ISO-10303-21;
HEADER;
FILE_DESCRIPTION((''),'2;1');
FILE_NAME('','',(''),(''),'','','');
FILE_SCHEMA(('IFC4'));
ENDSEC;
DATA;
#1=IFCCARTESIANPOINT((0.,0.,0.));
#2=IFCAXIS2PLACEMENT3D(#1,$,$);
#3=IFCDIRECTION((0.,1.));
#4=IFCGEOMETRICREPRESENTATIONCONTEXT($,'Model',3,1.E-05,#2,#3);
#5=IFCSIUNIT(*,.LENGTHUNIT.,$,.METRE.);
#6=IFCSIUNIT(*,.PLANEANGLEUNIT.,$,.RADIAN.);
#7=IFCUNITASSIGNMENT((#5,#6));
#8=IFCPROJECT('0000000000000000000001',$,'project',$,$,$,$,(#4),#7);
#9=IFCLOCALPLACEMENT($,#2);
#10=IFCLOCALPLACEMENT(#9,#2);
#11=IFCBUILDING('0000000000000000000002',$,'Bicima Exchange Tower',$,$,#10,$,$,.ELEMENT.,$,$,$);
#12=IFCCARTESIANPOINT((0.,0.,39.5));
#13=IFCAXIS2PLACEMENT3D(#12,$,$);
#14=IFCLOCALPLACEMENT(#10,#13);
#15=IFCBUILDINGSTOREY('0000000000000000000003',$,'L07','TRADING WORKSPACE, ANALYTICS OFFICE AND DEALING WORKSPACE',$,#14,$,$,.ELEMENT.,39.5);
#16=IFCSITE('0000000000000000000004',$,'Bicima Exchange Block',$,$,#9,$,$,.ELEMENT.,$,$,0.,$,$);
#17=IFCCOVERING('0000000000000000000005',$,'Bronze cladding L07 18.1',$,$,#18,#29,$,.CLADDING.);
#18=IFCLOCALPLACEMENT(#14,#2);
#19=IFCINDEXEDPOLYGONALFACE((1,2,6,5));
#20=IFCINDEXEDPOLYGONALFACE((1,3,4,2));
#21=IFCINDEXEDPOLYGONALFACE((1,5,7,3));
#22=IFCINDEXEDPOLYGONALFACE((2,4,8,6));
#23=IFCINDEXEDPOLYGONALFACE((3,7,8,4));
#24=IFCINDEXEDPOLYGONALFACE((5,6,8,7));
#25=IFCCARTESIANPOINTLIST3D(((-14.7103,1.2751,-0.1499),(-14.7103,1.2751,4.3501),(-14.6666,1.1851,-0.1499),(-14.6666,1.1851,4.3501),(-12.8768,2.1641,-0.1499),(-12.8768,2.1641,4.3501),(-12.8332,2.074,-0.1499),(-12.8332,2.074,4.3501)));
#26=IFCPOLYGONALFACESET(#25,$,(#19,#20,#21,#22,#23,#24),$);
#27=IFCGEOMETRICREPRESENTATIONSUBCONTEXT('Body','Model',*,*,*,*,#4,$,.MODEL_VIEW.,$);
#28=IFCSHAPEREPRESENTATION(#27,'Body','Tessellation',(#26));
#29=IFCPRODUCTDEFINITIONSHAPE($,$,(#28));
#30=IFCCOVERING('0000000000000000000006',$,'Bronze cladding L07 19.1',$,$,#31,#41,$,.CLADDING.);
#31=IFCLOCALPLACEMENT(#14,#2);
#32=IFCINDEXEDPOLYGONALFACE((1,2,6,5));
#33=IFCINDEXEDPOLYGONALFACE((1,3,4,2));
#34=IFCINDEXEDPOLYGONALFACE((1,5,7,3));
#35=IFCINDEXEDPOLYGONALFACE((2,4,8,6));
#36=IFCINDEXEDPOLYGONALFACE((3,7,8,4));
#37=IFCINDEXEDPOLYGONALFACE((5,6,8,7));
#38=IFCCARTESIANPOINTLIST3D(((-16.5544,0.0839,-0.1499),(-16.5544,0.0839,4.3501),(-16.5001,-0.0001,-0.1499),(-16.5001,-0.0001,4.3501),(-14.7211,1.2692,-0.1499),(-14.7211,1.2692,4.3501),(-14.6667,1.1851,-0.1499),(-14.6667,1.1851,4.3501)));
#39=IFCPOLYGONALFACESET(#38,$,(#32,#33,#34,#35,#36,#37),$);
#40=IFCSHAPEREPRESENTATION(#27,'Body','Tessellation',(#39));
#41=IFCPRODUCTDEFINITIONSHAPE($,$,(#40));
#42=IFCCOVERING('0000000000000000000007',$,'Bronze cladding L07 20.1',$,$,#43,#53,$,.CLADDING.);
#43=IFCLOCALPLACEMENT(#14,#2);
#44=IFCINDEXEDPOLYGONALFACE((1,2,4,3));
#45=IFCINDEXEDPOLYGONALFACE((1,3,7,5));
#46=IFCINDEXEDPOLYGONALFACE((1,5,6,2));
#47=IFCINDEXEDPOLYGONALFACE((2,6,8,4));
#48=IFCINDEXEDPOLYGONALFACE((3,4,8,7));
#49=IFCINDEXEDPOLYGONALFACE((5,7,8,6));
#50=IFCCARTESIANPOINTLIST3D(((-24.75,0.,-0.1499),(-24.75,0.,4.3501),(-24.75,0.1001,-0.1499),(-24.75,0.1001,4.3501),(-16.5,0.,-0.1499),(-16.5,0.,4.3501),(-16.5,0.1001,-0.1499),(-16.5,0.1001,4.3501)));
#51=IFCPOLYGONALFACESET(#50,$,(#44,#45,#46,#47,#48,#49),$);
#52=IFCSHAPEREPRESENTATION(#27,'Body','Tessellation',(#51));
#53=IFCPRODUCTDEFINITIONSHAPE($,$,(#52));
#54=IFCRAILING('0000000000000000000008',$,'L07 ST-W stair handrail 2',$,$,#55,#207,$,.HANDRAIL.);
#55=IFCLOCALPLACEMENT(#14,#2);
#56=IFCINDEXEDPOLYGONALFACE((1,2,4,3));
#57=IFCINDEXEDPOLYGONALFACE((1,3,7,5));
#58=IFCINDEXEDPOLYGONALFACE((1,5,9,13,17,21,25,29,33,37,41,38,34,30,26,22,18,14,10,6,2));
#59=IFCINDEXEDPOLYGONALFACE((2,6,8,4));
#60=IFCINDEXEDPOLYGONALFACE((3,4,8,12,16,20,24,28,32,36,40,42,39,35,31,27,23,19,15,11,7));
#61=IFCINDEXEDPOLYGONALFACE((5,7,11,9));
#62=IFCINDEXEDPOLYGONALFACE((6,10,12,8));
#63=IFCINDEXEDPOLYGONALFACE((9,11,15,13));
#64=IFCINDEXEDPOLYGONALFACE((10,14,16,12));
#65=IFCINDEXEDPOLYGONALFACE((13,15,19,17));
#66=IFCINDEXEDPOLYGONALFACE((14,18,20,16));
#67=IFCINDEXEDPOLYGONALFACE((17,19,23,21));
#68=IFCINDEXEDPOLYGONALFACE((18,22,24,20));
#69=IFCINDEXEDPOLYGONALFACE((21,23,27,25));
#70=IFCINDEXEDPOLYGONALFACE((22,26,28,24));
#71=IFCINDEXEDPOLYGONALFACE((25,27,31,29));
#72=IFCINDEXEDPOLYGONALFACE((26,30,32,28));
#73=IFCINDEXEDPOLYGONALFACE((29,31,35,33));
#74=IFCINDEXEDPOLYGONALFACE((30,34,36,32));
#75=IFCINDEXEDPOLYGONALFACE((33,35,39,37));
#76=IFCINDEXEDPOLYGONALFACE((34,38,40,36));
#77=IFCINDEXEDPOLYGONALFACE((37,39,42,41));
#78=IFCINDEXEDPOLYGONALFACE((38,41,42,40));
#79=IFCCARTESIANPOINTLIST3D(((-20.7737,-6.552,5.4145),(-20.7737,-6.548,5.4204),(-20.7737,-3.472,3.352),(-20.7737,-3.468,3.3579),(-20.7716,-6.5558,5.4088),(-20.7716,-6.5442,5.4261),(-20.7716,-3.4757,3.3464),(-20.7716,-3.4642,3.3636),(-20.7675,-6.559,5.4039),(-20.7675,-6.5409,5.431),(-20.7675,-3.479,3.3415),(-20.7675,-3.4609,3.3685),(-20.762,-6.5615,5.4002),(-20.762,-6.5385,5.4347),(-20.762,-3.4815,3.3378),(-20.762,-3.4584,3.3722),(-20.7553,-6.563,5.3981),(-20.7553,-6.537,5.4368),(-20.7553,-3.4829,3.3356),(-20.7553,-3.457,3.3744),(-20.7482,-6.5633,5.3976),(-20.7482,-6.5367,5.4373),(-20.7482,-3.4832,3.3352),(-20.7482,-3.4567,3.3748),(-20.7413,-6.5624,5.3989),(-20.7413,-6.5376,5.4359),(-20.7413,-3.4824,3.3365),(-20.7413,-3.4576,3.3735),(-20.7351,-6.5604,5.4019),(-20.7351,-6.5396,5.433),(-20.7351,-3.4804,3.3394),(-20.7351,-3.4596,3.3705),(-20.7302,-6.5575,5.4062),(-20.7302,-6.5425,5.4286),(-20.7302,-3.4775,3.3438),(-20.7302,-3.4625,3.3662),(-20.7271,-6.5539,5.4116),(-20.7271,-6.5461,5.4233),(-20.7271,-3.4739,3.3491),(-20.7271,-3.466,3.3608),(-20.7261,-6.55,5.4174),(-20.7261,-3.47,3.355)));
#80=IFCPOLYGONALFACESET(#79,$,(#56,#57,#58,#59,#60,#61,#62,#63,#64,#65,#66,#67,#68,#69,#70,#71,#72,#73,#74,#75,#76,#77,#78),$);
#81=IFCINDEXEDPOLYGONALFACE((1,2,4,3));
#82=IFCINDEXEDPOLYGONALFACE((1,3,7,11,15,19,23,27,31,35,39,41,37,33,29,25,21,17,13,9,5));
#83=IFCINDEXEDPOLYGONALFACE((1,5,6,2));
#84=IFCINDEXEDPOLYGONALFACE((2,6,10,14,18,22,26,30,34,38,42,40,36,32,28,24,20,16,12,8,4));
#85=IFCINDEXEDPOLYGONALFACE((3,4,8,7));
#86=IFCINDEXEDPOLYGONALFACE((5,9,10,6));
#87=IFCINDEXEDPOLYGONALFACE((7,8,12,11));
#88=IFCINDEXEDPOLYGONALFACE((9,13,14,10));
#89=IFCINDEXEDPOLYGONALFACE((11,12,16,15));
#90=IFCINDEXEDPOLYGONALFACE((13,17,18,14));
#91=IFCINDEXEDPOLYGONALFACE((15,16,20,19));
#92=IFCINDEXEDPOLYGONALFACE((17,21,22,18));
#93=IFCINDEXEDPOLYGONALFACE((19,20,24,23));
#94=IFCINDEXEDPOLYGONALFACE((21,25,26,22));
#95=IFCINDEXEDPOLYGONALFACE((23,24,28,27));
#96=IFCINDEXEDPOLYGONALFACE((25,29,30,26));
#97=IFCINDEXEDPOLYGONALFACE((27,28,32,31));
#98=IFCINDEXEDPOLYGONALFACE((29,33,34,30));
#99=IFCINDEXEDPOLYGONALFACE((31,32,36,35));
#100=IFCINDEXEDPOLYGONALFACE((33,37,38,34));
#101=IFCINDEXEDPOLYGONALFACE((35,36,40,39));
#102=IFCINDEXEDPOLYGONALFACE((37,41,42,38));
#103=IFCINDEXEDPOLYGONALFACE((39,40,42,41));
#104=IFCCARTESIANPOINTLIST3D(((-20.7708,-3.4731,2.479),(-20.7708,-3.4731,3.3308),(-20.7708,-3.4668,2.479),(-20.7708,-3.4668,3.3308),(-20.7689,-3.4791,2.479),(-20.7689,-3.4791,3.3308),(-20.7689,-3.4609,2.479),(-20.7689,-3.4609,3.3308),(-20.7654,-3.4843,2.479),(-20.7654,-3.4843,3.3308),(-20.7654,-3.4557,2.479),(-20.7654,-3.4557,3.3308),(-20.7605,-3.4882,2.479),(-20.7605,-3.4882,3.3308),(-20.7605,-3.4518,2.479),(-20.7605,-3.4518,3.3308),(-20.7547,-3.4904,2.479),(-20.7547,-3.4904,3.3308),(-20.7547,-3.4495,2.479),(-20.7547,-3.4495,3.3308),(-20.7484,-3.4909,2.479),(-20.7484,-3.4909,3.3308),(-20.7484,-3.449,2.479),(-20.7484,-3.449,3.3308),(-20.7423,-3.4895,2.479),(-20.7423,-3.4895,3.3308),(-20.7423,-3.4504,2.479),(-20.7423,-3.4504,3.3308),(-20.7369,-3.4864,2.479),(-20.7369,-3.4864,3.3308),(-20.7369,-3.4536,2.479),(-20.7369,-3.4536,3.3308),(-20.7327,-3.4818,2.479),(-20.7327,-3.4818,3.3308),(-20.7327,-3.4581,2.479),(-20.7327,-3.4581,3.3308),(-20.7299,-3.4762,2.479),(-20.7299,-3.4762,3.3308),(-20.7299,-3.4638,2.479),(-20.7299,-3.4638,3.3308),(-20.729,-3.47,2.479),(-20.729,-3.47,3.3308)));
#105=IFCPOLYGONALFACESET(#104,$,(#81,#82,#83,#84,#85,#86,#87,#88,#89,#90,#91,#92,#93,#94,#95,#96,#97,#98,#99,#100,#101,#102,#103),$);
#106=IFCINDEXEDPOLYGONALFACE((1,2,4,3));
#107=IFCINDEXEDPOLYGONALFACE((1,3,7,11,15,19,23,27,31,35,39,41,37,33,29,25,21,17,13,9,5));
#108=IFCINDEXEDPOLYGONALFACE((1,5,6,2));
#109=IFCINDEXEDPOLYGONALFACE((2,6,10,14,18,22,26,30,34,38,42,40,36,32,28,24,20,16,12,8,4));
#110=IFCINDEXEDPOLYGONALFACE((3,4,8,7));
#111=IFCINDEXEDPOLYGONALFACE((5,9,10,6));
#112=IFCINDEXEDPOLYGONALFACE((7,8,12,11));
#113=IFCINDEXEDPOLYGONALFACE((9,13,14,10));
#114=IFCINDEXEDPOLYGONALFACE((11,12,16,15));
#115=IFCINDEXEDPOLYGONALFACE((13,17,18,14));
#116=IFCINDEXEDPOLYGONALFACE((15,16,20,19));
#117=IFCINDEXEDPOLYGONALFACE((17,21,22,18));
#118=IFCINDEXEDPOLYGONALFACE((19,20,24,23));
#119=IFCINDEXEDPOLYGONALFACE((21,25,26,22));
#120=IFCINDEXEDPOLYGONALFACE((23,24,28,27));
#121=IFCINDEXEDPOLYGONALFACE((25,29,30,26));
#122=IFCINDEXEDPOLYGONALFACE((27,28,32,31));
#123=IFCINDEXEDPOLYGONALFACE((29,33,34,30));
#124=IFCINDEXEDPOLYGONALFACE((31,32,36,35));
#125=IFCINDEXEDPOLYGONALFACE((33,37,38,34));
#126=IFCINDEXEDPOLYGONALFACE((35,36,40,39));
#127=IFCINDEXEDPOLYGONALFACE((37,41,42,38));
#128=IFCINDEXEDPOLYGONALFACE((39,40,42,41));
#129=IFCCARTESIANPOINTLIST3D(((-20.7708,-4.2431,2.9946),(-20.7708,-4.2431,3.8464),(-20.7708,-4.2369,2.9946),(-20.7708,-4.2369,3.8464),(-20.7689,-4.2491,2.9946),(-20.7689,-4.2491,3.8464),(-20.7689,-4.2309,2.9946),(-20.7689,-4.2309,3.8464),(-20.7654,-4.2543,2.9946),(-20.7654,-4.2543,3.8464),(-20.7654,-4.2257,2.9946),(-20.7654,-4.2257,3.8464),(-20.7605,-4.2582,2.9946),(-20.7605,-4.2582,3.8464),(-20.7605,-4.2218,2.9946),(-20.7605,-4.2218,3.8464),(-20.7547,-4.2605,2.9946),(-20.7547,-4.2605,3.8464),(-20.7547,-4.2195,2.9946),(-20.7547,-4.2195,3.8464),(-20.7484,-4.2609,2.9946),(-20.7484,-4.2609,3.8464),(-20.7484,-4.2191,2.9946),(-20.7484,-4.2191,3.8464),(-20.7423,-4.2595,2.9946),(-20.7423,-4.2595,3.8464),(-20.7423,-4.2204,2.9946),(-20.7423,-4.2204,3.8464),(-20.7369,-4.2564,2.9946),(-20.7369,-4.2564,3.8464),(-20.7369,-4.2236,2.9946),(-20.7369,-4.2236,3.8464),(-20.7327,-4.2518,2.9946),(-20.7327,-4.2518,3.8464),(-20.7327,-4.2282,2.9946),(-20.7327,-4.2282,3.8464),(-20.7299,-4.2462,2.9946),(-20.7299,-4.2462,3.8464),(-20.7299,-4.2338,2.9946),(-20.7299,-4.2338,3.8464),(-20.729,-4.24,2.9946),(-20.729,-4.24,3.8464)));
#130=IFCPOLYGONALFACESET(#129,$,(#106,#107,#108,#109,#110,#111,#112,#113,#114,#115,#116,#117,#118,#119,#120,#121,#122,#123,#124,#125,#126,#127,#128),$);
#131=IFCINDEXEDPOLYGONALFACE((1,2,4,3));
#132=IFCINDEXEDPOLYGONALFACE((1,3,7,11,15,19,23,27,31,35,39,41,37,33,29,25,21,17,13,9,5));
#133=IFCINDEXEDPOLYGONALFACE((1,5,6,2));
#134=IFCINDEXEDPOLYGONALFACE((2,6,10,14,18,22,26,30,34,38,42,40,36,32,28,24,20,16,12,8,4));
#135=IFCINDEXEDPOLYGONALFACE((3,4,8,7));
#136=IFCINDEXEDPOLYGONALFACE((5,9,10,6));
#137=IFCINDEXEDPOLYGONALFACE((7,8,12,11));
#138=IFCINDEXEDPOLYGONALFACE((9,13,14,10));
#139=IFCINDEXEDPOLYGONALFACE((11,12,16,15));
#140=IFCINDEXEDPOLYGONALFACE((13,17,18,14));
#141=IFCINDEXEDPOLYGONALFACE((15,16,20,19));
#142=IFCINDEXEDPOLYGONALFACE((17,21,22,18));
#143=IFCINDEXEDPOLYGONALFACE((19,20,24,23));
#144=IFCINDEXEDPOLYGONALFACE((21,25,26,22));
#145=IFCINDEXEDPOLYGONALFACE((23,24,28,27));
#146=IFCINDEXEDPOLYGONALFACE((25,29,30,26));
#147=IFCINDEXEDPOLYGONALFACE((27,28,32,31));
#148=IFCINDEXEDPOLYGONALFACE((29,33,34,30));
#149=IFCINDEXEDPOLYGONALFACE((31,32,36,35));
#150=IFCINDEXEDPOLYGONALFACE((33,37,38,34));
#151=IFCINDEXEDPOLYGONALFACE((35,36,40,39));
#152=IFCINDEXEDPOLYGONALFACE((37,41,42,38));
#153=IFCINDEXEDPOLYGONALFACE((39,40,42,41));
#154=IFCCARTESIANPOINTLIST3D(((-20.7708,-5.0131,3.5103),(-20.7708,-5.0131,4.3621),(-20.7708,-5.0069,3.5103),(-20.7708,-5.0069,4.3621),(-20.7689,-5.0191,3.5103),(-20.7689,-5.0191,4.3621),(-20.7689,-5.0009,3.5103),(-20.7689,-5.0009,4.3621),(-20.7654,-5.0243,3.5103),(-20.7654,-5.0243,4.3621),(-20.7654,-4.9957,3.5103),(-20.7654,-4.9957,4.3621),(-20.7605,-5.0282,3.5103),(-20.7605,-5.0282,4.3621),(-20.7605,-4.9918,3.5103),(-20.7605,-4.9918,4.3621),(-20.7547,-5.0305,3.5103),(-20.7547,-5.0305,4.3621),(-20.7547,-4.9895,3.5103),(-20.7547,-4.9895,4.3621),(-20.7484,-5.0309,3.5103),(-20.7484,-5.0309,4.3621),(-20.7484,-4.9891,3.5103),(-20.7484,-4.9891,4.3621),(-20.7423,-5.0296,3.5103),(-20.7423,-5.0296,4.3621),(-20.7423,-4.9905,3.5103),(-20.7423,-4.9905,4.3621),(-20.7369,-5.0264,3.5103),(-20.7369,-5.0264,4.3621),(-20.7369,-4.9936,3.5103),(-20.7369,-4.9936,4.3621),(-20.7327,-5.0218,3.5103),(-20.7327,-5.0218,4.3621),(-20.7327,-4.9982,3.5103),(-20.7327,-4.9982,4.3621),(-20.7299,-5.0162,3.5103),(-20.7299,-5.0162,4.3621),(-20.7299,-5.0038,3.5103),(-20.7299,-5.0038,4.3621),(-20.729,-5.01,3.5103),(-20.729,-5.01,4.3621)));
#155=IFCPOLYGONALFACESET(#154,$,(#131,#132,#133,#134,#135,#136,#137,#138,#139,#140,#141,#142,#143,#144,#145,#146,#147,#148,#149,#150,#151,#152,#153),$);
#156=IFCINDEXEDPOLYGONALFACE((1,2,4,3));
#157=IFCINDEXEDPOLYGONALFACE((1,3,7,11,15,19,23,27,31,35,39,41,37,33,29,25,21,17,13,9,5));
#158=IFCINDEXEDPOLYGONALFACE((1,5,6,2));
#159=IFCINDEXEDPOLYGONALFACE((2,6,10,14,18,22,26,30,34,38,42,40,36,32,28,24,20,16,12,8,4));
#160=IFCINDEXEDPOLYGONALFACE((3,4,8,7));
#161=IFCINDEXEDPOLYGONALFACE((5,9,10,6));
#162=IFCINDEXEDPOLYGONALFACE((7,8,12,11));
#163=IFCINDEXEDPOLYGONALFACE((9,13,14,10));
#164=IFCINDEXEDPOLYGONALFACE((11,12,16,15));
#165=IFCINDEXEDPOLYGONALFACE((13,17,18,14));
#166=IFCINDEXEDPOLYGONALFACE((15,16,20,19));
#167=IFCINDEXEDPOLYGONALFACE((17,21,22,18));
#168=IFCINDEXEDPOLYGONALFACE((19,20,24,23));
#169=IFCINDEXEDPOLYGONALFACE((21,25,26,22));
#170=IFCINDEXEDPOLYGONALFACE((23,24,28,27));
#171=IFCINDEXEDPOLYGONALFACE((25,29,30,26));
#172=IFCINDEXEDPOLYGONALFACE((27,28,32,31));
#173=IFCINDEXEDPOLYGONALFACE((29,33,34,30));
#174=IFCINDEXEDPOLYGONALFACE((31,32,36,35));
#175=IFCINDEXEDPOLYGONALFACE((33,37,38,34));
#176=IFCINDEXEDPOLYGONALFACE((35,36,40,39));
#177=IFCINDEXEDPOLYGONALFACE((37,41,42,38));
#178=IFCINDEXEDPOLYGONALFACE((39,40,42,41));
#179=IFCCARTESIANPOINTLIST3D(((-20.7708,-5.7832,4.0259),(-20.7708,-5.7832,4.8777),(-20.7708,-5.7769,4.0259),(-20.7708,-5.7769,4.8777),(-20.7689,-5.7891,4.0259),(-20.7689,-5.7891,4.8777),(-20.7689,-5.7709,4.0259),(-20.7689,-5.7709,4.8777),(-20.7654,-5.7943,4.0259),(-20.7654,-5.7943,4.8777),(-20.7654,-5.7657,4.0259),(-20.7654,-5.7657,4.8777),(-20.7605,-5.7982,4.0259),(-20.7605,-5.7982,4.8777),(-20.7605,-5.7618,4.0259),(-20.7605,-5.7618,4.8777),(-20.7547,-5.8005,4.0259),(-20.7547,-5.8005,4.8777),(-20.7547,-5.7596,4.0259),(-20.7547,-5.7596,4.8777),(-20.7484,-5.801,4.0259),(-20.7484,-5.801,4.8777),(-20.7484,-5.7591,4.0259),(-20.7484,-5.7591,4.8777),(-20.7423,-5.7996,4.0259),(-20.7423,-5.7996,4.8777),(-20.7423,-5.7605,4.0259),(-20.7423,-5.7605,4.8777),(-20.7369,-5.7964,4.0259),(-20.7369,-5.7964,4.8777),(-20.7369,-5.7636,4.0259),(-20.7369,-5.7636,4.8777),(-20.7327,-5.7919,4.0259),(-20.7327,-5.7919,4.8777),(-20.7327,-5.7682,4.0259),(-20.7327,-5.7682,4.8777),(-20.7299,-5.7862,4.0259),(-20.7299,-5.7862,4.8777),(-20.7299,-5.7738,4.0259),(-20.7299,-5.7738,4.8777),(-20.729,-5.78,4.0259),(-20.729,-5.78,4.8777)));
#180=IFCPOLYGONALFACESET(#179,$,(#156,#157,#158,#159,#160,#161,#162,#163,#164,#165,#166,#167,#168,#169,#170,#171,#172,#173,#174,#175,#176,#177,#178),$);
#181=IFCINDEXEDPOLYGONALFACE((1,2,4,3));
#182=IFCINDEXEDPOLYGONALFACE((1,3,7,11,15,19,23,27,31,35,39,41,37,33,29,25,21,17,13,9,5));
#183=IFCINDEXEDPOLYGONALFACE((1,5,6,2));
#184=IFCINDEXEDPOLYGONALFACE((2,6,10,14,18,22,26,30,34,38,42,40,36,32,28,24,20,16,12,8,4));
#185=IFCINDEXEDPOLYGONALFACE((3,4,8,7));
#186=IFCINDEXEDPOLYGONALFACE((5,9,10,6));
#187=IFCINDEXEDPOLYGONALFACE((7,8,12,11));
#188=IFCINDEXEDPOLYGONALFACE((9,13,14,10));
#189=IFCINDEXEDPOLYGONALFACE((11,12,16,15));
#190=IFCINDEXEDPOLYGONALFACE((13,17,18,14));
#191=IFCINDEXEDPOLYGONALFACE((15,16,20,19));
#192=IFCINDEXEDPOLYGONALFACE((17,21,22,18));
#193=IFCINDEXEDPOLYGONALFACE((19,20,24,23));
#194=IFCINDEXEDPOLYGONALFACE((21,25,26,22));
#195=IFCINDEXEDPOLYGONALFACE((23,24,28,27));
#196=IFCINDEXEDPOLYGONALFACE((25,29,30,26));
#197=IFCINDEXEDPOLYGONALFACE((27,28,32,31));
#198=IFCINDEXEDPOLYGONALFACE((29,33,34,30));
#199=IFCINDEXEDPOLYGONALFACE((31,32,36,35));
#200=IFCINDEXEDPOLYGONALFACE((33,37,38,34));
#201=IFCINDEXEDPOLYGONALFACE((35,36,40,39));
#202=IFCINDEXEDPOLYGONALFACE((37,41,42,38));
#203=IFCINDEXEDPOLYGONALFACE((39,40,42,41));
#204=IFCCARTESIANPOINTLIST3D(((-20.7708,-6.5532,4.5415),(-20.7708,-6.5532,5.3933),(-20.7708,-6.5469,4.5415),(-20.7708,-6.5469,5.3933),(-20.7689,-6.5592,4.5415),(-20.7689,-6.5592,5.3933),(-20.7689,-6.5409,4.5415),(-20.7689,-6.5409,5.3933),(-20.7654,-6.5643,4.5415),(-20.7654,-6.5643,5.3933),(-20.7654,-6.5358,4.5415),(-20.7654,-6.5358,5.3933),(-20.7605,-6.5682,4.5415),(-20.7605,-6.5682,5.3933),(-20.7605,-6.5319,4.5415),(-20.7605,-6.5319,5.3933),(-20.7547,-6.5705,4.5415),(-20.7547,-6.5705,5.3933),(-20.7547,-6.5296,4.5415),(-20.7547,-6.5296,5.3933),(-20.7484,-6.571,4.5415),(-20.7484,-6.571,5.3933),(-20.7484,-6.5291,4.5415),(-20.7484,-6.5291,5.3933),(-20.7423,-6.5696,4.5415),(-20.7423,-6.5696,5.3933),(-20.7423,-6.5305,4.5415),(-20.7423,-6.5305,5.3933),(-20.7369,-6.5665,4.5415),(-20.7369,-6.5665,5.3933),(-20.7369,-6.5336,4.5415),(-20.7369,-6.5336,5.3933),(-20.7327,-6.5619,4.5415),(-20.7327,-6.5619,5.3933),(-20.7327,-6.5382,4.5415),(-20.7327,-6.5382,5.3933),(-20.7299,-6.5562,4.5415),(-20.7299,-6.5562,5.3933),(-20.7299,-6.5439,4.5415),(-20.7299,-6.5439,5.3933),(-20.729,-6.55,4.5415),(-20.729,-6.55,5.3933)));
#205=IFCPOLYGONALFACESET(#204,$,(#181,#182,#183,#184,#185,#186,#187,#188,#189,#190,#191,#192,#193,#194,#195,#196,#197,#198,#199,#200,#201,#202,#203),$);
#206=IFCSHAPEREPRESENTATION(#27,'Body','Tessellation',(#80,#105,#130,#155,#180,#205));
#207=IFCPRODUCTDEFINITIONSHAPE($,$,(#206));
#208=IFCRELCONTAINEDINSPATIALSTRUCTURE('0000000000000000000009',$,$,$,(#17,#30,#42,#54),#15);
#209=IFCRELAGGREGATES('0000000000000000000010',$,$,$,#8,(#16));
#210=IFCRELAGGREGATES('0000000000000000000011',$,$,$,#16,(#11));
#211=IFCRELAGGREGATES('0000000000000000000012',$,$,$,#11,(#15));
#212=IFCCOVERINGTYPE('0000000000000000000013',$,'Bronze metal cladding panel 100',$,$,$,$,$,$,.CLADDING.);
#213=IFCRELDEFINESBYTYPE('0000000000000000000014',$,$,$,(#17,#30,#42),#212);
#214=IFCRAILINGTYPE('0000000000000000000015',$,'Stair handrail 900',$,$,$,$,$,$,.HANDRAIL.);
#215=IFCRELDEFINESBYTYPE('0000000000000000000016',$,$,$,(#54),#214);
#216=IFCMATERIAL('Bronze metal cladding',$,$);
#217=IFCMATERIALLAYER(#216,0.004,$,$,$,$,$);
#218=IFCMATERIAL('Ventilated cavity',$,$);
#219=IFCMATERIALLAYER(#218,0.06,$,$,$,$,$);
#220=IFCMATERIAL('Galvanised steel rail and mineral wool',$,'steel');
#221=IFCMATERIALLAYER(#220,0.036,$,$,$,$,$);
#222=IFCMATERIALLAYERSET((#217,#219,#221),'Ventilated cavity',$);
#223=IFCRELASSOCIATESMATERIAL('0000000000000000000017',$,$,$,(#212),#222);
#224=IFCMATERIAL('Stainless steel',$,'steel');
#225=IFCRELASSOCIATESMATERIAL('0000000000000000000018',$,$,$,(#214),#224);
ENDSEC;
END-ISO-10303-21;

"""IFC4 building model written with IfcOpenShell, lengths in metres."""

from ifc_helpers import new_model, si_unit, direction, frame, origin, origin_2d, place, context, subcontext, project, spatial, rectangle, circle, extrude, material, layer, layer_set, type_object, element, save


model = new_model("IFC4")

# Units and contexts
model_context = context("Model", 3, precision=1e-05, world=origin(), true_north=direction((0.0, 1.0)))
body_context = subcontext(model_context, "Body", "Model", "MODEL_VIEW")
ifc_project = project(units=[si_unit("LENGTHUNIT", "METRE"), si_unit("PLANEANGLEUNIT", "RADIAN")], contexts=[model_context])

# Site, building, storey
site_placement = place(None, origin())
site = spatial("IfcSite", under=ifc_project, at=site_placement, Name="Bicima Exchange Block", CompositionType="ELEMENT", RefElevation=0.0)
building_placement = place(site_placement, origin())
building = spatial("IfcBuilding", under=site, at=building_placement, Name="Bicima Exchange Tower", CompositionType="ELEMENT")
storey_placement = place(building_placement, frame((0.0, 0.0, 39.5)))
storey = spatial("IfcBuildingStorey", under=building, at=storey_placement, Name="L07", Description="TRADING WORKSPACE, ANALYTICS OFFICE AND DEALING WORKSPACE", CompositionType="ELEMENT", Elevation=39.5)

# Coverings
ifc_material_1 = material(Name="Bronze metal cladding")
ifc_layer_1 = layer(ifc_material_1, 0.004)
ifc_material_2 = material(Name="Ventilated cavity")
ifc_layer_2 = layer(ifc_material_2, 0.06)
ifc_material_3 = material(Name="Galvanised steel rail and mineral wool", Category="steel")
ifc_layer_3 = layer(ifc_material_3, 0.036)
ifc_layer_set_1 = layer_set([ifc_layer_1, ifc_layer_2, ifc_layer_3], Name="Ventilated cavity")
covering_type = type_object("IfcCoveringType", Name="Bronze metal cladding panel 100", PredefinedType="CLADDING", material=ifc_layer_set_1)
covering_1_placement = place(storey_placement, frame((-13.7717, 1.6746, -0.1499), z_axis=(0.0, 0.0, 1.0), x_axis=(-0.899818, -0.436265, 0.0)))
element("IfcCovering", 1, at=covering_1_placement, inside=storey, type_object=covering_type, Name="Bronze cladding L07 18.1", PredefinedType="CLADDING", context=body_context, shape_type="SweptSolid", body=[
    extrude(rectangle(XDim=2.0376, YDim=0.1001, at=origin_2d()), origin(), (0.0, 0.0, 1.0), 4.5),
])
covering_2_placement = place(storey_placement, frame((-15.6106, 0.6345, -0.1499), z_axis=(0.0, 0.0, 1.0), x_axis=(-0.83979, -0.542911, 0.0)))
element("IfcCovering", 2, at=covering_2_placement, inside=storey, type_object=covering_type, Name="Bronze cladding L07 19.1", PredefinedType="CLADDING", context=body_context, shape_type="SweptSolid", body=[
    extrude(rectangle(XDim=2.1831, YDim=0.1001, at=origin_2d()), origin(), (0.0, 0.0, 1.0), 4.5),
])
covering_3_placement = place(storey_placement, frame((-20.625, 0.05, -0.1499), z_axis=(0.0, 0.0, 1.0), x_axis=(-1.0, 0.0, 0.0)))
element("IfcCovering", 3, at=covering_3_placement, inside=storey, type_object=covering_type, Name="Bronze cladding L07 20.1", PredefinedType="CLADDING", context=body_context, shape_type="SweptSolid", body=[
    extrude(rectangle(XDim=8.25, YDim=0.1001, at=origin_2d()), origin(), (0.0, 0.0, 1.0), 4.5),
])

# Railing
ifc_material_4 = material(Name="Stainless steel", Category="steel")
railing_type = type_object("IfcRailingType", Name="Stair handrail 900", PredefinedType="HANDRAIL", material=ifc_material_4)
railing_placement = place(storey_placement, frame((-20.75, -3.47, 2.479)))
element("IfcRailing", 4, at=railing_placement, inside=storey, type_object=railing_type, Name="L07 ST-W stair handrail 2", PredefinedType="HANDRAIL", context=body_context, shape_type="SweptSolid", body=[
    extrude(circle(Radius=0.0239, at=origin_2d()), frame((0.0, 0.0, 0.876), z_axis=(0.0, -0.830914, 0.556401), x_axis=(1.0, 0.0, 0.0)), (0.0, 0.0, 1.0), 3.7068),
    extrude(circle(Radius=0.021, at=origin_2d()), origin(), (0.0, 0.0, 1.0), 0.8518),
    extrude(circle(Radius=0.021, at=origin_2d()), frame((0.0, -0.77, 0.5156)), (0.0, 0.0, 1.0), 0.8518),
    extrude(circle(Radius=0.021, at=origin_2d()), frame((0.0, -1.54, 1.0312)), (0.0, 0.0, 1.0), 0.8518),
    extrude(circle(Radius=0.021, at=origin_2d()), frame((0.0, -2.3101, 1.5469)), (0.0, 0.0, 1.0), 0.8518),
    extrude(circle(Radius=0.021, at=origin_2d()), frame((0.0, -3.0801, 2.0625)), (0.0, 0.0, 1.0), 0.8518),
])

save(model, "model.ifc")
